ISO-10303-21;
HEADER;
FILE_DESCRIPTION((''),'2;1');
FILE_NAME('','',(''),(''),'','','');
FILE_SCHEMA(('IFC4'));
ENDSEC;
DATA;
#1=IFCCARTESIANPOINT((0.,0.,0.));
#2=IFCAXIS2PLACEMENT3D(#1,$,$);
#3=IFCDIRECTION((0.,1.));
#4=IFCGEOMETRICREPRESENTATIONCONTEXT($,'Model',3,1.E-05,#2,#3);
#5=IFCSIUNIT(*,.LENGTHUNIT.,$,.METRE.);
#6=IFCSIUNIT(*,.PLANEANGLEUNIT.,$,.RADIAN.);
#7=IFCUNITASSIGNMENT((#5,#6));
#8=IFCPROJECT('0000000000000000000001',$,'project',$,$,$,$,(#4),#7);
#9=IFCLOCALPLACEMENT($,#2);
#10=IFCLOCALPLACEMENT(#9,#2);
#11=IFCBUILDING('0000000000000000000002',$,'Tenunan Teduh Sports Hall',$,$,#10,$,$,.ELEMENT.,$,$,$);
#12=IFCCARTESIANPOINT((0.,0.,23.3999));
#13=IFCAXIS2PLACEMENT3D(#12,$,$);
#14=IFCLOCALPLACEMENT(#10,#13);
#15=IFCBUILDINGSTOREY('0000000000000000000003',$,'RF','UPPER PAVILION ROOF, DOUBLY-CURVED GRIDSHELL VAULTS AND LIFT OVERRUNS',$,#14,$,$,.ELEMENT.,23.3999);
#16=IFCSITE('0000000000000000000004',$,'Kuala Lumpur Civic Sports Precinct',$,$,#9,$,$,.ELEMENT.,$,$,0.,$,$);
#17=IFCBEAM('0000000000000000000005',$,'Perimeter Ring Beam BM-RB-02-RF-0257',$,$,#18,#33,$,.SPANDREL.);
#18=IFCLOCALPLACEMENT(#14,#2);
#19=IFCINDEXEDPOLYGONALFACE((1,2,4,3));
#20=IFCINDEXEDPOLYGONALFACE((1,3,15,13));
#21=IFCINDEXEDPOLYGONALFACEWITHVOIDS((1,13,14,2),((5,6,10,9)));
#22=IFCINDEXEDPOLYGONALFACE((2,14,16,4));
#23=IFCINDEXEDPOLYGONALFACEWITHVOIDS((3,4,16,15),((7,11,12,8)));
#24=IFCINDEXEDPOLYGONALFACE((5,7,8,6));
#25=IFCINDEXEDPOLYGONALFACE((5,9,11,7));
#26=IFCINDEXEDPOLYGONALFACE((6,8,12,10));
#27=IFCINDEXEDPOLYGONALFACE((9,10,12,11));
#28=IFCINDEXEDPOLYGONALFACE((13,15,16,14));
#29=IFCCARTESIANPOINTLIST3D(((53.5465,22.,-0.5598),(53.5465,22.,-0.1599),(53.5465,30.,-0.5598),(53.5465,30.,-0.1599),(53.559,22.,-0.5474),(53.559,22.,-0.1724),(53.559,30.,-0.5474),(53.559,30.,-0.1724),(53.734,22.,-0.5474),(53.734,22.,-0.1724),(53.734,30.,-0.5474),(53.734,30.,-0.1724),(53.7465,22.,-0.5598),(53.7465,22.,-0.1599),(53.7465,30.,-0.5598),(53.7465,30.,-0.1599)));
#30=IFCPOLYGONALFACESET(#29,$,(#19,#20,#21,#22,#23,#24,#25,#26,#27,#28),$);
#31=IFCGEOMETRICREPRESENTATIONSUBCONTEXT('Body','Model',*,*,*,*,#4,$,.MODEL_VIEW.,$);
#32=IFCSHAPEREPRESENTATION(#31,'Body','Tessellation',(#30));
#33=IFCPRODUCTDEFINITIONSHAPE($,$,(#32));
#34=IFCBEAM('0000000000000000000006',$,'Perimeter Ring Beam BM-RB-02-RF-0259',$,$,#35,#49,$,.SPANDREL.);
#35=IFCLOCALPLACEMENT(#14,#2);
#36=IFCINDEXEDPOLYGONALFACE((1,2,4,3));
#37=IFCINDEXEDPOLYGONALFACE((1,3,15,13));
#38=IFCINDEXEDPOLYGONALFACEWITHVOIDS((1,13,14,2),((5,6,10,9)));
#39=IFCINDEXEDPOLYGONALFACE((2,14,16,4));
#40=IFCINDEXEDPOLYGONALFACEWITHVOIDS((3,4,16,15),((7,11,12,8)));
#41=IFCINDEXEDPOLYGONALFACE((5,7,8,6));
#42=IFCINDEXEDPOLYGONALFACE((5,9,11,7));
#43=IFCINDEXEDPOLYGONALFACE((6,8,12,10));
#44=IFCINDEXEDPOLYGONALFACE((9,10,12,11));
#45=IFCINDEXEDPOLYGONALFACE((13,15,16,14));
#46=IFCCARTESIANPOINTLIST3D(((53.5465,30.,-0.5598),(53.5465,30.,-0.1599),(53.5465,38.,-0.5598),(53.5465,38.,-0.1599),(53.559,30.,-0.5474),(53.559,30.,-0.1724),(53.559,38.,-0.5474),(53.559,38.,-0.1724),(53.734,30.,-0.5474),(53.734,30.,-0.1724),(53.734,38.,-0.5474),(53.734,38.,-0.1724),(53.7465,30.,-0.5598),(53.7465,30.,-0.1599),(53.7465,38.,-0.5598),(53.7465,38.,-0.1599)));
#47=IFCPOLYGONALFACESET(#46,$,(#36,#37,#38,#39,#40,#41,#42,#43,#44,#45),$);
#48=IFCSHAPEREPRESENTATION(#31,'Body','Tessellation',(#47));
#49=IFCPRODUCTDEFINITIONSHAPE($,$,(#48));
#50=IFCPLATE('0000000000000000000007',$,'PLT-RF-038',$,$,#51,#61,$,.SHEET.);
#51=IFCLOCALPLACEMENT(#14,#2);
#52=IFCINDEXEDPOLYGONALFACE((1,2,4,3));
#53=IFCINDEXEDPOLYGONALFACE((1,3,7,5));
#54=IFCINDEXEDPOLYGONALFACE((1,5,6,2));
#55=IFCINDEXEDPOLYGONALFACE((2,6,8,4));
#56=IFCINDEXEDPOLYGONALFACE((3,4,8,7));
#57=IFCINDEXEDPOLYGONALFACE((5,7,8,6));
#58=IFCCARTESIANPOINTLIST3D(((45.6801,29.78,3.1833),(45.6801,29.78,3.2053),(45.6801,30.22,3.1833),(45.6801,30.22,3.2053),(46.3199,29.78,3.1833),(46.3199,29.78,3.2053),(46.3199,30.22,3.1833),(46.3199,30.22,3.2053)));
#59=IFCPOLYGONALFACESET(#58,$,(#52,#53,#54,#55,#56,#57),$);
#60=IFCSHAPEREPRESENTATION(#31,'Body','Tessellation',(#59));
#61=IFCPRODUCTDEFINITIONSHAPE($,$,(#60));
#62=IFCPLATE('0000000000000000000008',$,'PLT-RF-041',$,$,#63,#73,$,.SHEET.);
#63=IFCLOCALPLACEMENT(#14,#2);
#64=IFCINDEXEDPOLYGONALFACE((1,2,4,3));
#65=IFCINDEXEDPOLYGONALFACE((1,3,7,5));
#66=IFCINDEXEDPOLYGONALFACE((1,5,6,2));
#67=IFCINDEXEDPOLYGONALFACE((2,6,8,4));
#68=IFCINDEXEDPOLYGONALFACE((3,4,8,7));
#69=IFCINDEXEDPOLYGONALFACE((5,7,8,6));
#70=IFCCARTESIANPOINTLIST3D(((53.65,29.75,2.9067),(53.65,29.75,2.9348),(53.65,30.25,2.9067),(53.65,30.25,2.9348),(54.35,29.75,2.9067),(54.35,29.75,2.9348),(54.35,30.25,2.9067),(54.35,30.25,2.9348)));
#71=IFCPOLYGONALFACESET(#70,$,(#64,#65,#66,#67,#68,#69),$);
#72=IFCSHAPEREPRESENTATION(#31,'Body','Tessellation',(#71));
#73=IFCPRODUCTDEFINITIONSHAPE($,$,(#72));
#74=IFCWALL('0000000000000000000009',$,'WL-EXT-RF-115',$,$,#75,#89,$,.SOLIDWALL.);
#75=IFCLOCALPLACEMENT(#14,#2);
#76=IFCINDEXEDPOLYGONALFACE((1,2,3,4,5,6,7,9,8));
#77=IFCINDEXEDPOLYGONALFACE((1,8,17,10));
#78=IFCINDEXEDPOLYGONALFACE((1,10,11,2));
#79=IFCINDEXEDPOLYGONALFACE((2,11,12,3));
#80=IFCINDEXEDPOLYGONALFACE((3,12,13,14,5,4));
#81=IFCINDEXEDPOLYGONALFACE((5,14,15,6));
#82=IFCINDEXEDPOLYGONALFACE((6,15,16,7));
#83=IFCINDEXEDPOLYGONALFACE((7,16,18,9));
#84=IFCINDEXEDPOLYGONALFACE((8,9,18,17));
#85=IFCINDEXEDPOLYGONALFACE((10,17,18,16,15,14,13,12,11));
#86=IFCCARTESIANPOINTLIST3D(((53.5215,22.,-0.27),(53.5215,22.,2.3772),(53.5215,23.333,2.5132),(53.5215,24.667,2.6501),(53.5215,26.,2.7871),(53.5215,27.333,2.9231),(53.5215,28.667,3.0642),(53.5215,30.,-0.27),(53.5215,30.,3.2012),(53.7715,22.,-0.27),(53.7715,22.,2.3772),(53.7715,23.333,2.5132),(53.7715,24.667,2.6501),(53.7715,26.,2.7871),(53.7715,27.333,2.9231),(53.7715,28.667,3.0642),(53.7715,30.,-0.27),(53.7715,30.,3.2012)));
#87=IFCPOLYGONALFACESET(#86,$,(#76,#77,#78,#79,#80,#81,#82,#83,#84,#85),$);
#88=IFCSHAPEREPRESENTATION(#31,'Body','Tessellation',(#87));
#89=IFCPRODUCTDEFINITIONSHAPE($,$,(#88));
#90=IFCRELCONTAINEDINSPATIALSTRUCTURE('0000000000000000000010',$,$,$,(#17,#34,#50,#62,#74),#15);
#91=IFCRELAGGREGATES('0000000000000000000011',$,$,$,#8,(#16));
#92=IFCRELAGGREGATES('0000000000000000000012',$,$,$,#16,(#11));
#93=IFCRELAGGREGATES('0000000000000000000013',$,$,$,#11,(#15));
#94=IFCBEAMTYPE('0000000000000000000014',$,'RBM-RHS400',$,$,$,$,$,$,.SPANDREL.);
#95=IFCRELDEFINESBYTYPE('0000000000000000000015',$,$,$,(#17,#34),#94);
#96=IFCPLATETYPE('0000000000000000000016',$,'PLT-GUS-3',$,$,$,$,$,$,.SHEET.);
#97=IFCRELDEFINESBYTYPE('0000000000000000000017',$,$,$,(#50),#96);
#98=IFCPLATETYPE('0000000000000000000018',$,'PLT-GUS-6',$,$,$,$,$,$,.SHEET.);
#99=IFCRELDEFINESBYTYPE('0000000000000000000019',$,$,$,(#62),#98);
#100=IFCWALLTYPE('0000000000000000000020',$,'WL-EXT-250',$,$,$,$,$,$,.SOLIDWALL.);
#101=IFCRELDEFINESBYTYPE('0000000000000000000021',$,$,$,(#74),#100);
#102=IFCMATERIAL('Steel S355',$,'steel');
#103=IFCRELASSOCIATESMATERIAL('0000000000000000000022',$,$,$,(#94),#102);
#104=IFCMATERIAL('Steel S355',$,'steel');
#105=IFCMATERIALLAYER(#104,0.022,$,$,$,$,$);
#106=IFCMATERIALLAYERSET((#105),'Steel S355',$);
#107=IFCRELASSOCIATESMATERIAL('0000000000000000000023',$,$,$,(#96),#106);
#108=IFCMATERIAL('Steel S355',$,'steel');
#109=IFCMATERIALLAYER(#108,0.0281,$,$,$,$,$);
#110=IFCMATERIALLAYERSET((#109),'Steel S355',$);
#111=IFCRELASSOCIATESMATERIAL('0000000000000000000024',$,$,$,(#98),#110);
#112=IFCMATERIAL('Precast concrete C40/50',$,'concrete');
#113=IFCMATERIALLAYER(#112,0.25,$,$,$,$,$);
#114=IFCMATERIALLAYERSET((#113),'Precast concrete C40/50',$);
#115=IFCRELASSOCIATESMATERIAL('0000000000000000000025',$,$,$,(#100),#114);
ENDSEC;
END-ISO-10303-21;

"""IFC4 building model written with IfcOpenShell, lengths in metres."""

from ifc_helpers import new_model, si_unit, direction, frame, origin, origin_2d, place, context, subcontext, project, spatial, polyline, rectangle, hollow_rectangle, outline, extrude, material, layer, layer_set, material_profile, profile_set, type_object, element, save


model = new_model("IFC4")

# Units and contexts
model_context = context("Model", 3, precision=1e-05, world=origin(), true_north=direction((0.0, 1.0)))
body_context = subcontext(model_context, "Body", "Model", "MODEL_VIEW")
ifc_project = project(units=[si_unit("LENGTHUNIT", "METRE"), si_unit("PLANEANGLEUNIT", "RADIAN")], contexts=[model_context])

# Site, building, storey
site_placement = place(None, origin())
site = spatial("IfcSite", under=ifc_project, at=site_placement, Name="Kuala Lumpur Civic Sports Precinct", CompositionType="ELEMENT", RefElevation=0.0)
building_placement = place(site_placement, origin())
building = spatial("IfcBuilding", under=site, at=building_placement, Name="Tenunan Teduh Sports Hall", CompositionType="ELEMENT")
storey_placement = place(building_placement, frame((0.0, 0.0, 23.3999)))
storey = spatial("IfcBuildingStorey", under=building, at=storey_placement, Name="RF", Description="UPPER PAVILION ROOF, DOUBLY-CURVED GRIDSHELL VAULTS AND LIFT OVERRUNS", CompositionType="ELEMENT", Elevation=23.3999)

# Beams
ifc_material_1 = material(Name="Steel S355", Category="steel")
ifc_material_profile_1 = material_profile(ifc_material_1, hollow_rectangle(XDim=0.2, YDim=0.3999, WallThickness=0.0125, at=origin_2d()), Name="RHS 400x200x12.5")
ifc_profile_set_1 = profile_set([ifc_material_profile_1], Name="Steel S355")
beam_type_1 = type_object("IfcBeamType", Name="RBM-RHS400", PredefinedType="SPANDREL", material=ifc_profile_set_1)
for number, where, z_axis, x_axis, name in (
    (1, (53.6465, 22.0, -0.3599), (0.0, 1.0, 0.0), (-1.0, 0.0, 0.0), "Perimeter Ring Beam BM-RB-02-RF-0257"),
    (2, (53.6465, 30.0, -0.3599), (0.0, 1.0, 0.0), (-1.0, 0.0, 0.0), "Perimeter Ring Beam BM-RB-02-RF-0259"),
):
    element("IfcBeam", number, at=place(storey_placement, frame(where, z_axis=z_axis, x_axis=x_axis)), inside=storey, type_object=beam_type_1, Name=name, PredefinedType="SPANDREL", context=body_context, shape_type="SweptSolid", body=[
        extrude(hollow_rectangle(XDim=0.2, YDim=0.3999, WallThickness=0.0125, at=origin_2d()), origin(), (0.0, 0.0, 1.0), 8.0),
    ])

# Plates
ifc_material_2 = material(Name="Steel S355", Category="steel")
ifc_layer_1 = layer(ifc_material_2, 0.022)
ifc_layer_set_1 = layer_set([ifc_layer_1], Name="Steel S355")
plate_type_1 = type_object("IfcPlateType", Name="PLT-GUS-3", PredefinedType="SHEET", material=ifc_layer_set_1)
plate_1_placement = place(storey_placement, frame((46.0, 30.0, 3.1833), z_axis=(0.0, 0.0, 1.0), x_axis=(1.0, 0.0, 0.0)))
element("IfcPlate", 3, at=plate_1_placement, inside=storey, type_object=plate_type_1, Name="PLT-RF-038", PredefinedType="SHEET", context=body_context, shape_type="SweptSolid", body=[
    extrude(rectangle(XDim=0.6399, YDim=0.4399, at=origin_2d()), origin(), (0.0, 0.0, 1.0), 0.022),
])
ifc_material_3 = material(Name="Steel S355", Category="steel")
ifc_layer_2 = layer(ifc_material_3, 0.0281)
ifc_layer_set_2 = layer_set([ifc_layer_2], Name="Steel S355")
plate_type_2 = type_object("IfcPlateType", Name="PLT-GUS-6", PredefinedType="SHEET", material=ifc_layer_set_2)
plate_2_placement = place(storey_placement, frame((54.0, 30.0, 2.9067), z_axis=(0.0, 0.0, 1.0), x_axis=(1.0, 0.0, 0.0)))
element("IfcPlate", 4, at=plate_2_placement, inside=storey, type_object=plate_type_2, Name="PLT-RF-041", PredefinedType="SHEET", context=body_context, shape_type="SweptSolid", body=[
    extrude(rectangle(XDim=0.7, YDim=0.5, at=origin_2d()), origin(), (0.0, 0.0, 1.0), 0.0281),
])

# Wall
ifc_material_4 = material(Name="Precast concrete C40/50", Category="concrete")
ifc_layer_3 = layer(ifc_material_4, 0.25)
ifc_layer_set_3 = layer_set([ifc_layer_3], Name="Precast concrete C40/50")
wall_type = type_object("IfcWallType", Name="WL-EXT-250", PredefinedType="SOLIDWALL", material=ifc_layer_set_3)
wall_placement = place(storey_placement, frame((53.6465, 22.0, -0.27), z_axis=(0.0, 0.0, 1.0), x_axis=(0.0, 1.0, 0.0)))
element("IfcWall", 5, at=wall_placement, inside=storey, type_object=wall_type, Name="WL-EXT-RF-115", PredefinedType="SOLIDWALL", context=body_context, shape_type="SweptSolid", body=[
    extrude(outline(polyline([(0.0, 0.0), (8.0, 0.0), (8.0, 3.4712), (6.667, 3.3342), (5.333, 3.1931), (4.0, 3.0571), (2.667, 2.9202), (1.333, 2.7832), (0.0, 2.6472), (0.0, 0.0)])), frame((0.0, 0.125, 0.0), z_axis=(0.0, -1.0, 0.0), x_axis=(1.0, 0.0, 0.0)), (0.0, 0.0, 1.0), 0.25),
])

save(model, "model.ifc")
